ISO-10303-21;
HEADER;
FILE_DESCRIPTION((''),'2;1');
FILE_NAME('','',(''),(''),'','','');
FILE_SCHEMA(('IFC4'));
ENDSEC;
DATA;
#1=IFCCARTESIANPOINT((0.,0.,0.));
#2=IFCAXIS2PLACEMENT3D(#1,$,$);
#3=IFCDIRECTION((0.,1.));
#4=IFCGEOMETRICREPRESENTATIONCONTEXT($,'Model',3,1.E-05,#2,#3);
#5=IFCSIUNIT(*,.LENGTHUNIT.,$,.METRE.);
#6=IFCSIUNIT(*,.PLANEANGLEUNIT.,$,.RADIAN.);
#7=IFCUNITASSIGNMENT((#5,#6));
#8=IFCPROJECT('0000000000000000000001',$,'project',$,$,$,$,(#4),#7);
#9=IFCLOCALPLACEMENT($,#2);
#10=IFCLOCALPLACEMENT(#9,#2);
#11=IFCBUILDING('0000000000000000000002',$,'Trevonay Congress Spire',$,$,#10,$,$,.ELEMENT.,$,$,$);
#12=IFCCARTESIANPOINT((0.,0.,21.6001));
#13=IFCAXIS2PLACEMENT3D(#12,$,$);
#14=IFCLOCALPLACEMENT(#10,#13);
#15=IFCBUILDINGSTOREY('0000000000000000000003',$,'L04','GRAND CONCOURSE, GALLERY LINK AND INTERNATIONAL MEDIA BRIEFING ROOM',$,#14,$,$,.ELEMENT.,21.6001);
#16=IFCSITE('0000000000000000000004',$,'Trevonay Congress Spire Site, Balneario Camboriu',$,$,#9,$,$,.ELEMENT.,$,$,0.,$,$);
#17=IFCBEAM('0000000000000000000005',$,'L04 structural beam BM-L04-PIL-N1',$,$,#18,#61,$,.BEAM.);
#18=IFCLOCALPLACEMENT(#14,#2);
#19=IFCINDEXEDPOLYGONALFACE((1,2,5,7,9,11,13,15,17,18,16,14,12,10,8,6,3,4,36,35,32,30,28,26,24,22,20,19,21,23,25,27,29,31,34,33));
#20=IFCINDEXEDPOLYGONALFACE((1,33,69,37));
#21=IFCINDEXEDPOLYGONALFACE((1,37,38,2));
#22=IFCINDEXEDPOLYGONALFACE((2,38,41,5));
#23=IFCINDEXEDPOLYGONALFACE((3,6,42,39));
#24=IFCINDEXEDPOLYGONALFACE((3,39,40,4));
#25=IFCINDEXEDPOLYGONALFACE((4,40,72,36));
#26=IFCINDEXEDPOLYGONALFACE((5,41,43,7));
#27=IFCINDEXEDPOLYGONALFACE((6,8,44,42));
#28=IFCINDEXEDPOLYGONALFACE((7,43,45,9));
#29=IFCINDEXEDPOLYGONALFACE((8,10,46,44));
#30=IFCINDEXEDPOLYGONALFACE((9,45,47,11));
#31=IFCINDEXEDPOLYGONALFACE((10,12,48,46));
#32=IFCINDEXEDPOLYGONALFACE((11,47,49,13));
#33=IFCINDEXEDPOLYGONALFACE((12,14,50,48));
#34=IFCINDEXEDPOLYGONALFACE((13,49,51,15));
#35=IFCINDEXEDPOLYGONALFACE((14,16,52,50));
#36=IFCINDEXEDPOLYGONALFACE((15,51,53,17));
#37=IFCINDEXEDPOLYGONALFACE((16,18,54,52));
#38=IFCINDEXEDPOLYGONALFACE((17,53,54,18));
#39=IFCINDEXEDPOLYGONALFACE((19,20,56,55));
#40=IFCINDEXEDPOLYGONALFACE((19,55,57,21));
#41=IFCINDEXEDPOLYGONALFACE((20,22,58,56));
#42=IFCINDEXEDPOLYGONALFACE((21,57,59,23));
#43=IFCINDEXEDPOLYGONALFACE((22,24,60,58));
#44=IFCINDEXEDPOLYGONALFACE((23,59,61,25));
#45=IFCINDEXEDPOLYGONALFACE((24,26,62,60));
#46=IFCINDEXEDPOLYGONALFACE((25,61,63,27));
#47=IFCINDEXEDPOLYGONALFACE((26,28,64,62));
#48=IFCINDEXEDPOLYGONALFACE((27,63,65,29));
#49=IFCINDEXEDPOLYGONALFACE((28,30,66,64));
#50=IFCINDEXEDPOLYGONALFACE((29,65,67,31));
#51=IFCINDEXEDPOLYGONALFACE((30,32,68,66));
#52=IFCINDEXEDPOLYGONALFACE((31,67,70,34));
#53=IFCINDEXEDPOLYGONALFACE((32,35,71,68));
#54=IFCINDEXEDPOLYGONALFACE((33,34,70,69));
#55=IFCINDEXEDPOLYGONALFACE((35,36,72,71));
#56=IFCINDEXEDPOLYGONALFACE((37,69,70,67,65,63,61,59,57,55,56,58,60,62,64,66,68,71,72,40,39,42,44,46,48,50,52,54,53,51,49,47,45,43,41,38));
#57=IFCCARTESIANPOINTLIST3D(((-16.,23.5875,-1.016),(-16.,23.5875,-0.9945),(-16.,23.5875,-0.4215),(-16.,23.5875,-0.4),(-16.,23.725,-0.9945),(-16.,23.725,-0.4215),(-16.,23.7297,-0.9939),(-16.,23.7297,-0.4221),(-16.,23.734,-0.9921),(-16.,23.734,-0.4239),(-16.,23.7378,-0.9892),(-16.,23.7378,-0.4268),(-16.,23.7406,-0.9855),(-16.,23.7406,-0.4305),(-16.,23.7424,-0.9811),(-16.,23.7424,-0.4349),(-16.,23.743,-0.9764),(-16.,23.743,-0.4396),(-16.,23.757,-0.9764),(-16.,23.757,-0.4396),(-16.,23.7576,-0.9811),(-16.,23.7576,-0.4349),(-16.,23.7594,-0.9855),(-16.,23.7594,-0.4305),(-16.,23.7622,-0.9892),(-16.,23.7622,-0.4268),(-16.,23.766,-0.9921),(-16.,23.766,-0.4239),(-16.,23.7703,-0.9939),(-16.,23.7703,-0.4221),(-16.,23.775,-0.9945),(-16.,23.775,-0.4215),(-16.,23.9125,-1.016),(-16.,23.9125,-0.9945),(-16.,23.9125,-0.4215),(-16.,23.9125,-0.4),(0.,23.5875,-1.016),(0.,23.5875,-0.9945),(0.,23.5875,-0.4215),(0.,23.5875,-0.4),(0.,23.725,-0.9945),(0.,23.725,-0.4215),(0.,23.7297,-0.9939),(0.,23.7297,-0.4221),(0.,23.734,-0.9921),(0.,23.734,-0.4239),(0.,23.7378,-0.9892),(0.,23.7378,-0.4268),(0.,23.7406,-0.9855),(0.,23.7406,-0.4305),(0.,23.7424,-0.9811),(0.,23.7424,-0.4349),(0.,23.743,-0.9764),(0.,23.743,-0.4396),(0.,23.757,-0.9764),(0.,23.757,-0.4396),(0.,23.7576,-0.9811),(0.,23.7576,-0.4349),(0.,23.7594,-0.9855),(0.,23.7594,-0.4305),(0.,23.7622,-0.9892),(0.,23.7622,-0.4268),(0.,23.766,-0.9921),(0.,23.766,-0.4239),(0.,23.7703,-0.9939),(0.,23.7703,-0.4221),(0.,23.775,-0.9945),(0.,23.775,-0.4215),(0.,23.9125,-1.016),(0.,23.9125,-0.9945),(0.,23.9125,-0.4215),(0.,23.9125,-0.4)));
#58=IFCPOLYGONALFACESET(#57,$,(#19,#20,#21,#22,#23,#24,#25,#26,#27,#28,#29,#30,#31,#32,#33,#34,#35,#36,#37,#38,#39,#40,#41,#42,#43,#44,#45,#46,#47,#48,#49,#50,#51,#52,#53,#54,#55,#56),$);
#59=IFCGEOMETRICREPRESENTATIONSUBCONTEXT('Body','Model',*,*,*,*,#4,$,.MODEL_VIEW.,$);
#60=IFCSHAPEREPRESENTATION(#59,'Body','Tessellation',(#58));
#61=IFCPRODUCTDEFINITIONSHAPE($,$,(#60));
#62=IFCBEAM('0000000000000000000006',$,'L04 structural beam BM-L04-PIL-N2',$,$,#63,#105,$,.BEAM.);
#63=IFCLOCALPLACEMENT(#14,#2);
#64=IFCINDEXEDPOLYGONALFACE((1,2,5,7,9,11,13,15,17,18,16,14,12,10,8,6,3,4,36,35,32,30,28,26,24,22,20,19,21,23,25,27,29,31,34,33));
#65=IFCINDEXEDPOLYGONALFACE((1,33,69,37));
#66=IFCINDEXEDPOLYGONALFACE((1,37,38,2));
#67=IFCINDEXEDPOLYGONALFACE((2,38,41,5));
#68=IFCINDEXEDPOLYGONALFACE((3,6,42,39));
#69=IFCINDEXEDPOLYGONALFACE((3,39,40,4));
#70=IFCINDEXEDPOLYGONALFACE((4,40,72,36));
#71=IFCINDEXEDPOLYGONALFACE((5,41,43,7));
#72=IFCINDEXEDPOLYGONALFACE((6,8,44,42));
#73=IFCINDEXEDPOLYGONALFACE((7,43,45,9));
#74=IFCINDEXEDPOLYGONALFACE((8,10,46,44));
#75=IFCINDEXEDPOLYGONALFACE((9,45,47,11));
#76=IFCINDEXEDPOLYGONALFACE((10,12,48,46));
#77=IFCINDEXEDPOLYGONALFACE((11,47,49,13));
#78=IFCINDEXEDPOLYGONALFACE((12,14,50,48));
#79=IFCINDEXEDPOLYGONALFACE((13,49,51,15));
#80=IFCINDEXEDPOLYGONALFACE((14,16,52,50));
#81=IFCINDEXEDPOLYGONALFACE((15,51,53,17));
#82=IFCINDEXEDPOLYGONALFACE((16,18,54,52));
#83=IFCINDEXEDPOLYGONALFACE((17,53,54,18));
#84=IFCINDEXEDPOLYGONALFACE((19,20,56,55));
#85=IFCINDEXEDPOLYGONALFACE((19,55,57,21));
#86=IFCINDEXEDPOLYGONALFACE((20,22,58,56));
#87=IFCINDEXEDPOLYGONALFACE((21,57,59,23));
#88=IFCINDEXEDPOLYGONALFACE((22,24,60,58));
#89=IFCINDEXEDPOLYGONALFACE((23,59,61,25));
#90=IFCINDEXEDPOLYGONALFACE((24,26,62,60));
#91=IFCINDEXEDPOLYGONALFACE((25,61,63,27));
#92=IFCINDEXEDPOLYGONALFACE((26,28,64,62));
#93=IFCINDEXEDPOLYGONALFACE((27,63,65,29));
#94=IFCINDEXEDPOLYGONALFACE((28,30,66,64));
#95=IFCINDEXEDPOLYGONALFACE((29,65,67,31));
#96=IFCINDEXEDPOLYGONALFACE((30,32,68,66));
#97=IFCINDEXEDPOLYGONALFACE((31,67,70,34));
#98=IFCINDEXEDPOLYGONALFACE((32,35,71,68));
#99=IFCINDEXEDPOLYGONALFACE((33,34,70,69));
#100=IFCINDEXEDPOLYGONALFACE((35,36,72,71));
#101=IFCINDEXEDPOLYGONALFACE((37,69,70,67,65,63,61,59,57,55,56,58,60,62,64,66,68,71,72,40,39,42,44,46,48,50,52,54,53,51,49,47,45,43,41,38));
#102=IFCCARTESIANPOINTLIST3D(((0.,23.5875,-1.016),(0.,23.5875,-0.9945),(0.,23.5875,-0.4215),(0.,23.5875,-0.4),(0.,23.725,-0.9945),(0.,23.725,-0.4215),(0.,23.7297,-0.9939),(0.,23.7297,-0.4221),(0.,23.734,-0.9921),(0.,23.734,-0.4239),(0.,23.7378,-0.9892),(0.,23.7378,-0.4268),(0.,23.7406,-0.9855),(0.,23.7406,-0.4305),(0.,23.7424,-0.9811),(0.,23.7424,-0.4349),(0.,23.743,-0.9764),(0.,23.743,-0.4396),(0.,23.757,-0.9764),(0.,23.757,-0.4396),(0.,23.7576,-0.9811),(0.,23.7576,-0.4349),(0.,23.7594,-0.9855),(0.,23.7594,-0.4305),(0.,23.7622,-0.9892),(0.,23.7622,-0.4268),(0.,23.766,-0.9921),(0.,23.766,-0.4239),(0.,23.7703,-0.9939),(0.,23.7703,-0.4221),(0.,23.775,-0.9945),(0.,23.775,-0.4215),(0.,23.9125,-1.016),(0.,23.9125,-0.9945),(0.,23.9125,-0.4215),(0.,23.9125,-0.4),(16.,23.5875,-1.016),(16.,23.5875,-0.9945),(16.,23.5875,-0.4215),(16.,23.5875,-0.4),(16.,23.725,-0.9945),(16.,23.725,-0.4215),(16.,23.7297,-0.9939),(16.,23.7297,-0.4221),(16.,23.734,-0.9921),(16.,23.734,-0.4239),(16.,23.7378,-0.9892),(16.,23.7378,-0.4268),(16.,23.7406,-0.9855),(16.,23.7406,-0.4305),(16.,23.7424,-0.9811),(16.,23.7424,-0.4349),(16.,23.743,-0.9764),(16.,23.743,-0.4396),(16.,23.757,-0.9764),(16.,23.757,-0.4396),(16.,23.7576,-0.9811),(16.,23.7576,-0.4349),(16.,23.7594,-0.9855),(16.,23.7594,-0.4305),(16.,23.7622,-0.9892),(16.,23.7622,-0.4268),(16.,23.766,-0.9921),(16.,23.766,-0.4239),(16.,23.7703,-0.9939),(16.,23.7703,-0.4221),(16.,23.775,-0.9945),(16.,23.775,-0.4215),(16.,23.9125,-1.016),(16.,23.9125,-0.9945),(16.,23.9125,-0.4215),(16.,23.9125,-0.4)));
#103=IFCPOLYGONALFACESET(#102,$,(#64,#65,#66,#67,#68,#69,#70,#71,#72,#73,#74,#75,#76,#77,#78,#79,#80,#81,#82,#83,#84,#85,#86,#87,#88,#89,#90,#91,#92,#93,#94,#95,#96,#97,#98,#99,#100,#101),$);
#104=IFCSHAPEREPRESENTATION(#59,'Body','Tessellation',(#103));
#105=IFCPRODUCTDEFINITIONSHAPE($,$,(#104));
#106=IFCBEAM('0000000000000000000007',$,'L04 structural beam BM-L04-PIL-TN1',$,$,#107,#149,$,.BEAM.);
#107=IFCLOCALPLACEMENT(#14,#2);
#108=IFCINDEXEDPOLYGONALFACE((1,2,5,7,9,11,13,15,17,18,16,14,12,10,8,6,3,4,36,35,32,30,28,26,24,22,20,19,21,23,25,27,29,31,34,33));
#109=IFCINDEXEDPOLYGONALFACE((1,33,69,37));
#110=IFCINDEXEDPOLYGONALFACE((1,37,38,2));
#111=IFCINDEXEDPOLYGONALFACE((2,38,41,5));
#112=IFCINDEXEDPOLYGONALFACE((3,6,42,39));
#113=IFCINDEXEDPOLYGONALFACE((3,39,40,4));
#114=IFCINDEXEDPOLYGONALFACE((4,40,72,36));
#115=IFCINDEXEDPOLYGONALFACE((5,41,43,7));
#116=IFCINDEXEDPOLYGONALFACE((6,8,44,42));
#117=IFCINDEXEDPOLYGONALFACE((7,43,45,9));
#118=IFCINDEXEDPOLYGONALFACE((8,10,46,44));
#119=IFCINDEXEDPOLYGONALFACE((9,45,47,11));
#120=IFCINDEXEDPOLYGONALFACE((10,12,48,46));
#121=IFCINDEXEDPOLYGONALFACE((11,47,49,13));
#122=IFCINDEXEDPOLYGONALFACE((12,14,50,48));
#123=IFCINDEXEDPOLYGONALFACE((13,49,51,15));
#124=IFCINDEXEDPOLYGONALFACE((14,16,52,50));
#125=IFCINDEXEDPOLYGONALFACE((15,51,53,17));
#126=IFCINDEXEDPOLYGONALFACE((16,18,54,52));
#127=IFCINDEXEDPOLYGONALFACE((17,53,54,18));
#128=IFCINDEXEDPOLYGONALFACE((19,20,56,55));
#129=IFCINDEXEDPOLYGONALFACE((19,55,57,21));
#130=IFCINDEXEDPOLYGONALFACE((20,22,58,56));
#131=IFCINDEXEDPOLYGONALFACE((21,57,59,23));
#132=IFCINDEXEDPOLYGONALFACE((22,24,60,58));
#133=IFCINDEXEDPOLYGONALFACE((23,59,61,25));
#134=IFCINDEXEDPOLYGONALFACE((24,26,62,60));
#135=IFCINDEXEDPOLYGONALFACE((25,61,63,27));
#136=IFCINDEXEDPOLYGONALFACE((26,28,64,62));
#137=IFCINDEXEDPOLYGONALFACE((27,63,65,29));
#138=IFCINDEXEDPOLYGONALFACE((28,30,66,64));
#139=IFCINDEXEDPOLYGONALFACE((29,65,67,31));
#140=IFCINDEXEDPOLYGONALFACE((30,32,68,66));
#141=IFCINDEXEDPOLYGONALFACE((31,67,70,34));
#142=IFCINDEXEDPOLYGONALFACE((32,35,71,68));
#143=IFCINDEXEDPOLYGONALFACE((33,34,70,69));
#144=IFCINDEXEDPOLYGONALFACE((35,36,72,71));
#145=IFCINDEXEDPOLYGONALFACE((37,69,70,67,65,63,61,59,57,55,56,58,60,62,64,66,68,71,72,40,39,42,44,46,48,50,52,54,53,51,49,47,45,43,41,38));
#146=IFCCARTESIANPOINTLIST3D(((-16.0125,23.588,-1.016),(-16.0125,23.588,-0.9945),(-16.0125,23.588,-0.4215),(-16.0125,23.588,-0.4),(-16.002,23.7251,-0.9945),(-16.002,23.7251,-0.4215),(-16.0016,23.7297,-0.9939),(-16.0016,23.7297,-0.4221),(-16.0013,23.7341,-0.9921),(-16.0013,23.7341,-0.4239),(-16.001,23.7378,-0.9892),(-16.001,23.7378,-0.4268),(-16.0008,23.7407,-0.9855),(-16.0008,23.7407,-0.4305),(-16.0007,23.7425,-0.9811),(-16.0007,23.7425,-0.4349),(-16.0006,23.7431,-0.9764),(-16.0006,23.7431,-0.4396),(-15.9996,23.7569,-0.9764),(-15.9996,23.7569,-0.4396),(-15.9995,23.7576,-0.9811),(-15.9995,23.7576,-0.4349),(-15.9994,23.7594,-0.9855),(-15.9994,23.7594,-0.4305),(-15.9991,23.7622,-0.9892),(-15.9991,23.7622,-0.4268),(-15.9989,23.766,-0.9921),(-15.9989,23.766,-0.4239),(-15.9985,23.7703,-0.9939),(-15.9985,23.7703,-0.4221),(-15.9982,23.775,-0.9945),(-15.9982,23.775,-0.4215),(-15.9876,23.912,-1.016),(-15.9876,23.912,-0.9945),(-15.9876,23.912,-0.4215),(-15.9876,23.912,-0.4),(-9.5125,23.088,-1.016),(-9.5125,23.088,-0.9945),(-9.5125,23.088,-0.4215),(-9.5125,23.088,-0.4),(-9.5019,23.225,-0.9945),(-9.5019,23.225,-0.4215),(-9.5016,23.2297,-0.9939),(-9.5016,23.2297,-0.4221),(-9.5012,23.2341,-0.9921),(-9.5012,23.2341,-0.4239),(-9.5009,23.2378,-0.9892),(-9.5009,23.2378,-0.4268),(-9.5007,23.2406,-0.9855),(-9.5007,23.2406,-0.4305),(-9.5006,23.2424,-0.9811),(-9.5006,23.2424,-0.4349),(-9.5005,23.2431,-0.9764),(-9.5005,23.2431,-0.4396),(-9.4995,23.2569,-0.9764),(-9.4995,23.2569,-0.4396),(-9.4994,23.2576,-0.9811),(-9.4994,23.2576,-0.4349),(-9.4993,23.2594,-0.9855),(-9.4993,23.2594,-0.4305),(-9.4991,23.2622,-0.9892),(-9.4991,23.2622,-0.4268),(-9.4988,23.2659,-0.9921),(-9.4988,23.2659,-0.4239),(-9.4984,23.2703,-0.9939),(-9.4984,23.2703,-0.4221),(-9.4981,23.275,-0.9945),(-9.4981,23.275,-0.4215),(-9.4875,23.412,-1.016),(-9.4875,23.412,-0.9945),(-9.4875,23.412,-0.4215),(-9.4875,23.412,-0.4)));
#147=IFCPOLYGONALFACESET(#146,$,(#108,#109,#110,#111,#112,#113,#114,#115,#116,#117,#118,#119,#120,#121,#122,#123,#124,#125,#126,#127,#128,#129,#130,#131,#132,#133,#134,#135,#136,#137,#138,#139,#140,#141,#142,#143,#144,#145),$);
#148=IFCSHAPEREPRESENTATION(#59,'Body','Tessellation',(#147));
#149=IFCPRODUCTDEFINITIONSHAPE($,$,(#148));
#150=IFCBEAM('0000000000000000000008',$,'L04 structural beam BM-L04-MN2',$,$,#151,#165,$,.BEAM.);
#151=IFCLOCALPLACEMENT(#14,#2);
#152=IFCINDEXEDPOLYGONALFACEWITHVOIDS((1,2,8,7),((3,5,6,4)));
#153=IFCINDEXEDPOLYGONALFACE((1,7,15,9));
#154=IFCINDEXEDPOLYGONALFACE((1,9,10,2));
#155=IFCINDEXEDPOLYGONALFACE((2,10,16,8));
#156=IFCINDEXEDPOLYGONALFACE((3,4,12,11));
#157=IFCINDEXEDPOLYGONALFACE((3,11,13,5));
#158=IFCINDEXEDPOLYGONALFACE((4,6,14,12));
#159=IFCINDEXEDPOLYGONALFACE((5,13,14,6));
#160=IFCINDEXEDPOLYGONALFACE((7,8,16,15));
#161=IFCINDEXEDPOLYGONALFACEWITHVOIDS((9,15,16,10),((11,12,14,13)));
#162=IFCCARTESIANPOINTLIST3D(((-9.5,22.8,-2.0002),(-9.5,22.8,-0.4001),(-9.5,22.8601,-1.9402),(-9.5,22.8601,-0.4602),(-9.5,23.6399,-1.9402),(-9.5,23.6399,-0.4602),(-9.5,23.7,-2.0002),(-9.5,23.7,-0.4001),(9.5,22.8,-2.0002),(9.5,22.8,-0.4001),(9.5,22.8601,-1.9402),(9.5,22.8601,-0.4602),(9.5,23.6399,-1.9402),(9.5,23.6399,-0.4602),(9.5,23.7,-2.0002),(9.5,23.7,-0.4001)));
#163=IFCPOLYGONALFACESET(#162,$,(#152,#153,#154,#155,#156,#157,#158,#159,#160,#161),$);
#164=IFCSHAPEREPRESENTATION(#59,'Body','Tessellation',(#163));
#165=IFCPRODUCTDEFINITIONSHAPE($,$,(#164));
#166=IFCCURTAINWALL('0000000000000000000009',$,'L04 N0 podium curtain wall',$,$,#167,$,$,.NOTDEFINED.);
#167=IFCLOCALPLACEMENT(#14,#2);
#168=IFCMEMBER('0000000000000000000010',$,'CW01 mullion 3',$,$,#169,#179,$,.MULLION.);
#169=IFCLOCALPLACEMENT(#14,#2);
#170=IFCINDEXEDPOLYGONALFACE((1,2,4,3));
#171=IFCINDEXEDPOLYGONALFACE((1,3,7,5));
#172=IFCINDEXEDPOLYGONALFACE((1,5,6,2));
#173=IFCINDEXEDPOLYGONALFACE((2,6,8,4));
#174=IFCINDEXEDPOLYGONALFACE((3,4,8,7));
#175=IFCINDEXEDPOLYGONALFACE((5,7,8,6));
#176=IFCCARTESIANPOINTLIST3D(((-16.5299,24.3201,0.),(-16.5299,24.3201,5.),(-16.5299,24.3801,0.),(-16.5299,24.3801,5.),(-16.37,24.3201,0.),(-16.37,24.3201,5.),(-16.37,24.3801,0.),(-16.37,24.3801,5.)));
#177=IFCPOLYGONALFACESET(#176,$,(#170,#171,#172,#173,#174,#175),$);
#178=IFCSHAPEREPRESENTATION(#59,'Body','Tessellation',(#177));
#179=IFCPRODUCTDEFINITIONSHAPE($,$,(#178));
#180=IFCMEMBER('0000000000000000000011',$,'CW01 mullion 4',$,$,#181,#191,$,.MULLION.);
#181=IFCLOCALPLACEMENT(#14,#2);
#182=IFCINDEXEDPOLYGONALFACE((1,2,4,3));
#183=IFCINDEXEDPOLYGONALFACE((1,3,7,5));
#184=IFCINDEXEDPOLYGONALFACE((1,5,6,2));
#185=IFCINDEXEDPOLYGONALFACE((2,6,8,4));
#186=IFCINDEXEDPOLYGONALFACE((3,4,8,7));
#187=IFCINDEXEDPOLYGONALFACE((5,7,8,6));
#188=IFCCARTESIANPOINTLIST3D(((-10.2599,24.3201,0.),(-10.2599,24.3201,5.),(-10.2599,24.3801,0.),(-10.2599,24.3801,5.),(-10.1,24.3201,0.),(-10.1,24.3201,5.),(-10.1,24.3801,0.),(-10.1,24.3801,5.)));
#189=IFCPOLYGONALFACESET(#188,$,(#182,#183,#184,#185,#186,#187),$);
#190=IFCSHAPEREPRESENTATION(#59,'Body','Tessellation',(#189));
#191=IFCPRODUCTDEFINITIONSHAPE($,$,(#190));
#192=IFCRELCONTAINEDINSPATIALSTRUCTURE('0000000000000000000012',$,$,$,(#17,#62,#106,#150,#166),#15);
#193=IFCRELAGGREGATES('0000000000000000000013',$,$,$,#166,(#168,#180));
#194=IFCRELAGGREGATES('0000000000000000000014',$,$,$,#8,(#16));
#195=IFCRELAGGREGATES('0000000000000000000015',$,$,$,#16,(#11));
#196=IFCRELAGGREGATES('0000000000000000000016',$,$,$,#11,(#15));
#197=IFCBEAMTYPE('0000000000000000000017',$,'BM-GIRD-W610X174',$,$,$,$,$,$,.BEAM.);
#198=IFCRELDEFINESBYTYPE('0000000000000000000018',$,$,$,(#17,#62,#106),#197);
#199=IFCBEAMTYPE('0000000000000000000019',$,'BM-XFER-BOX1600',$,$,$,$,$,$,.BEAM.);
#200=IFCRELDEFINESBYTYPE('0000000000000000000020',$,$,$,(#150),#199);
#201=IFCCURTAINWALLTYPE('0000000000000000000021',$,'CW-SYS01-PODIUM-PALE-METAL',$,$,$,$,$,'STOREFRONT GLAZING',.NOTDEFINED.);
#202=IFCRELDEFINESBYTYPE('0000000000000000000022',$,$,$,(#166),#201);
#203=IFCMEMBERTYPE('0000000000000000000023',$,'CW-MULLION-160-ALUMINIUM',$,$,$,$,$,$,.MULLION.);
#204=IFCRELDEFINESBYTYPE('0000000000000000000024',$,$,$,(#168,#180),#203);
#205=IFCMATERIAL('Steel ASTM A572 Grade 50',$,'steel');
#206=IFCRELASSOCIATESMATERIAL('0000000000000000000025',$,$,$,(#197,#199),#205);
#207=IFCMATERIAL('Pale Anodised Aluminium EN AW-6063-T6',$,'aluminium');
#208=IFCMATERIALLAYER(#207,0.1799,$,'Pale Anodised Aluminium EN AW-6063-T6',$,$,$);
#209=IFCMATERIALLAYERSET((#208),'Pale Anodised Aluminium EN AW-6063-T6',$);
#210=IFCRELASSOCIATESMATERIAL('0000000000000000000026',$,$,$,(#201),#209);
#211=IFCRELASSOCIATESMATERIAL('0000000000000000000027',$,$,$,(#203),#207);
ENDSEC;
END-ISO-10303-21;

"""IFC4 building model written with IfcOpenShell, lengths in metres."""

from ifc_helpers import new_model, si_unit, direction, frame, origin, origin_2d, place, context, subcontext, project, spatial, rectangle, hollow_rectangle, i_section, extrude, material, layer, layer_set, material_profile, profile_set, type_object, element, aggregate, save


model = new_model("IFC4")

# Units and contexts
model_context = context("Model", 3, precision=1e-05, world=origin(), true_north=direction((0.0, 1.0)))
body_context = subcontext(model_context, "Body", "Model", "MODEL_VIEW")
ifc_project = project(units=[si_unit("LENGTHUNIT", "METRE"), si_unit("PLANEANGLEUNIT", "RADIAN")], contexts=[model_context])

# Site, building, storey
site_placement = place(None, origin())
site = spatial("IfcSite", under=ifc_project, at=site_placement, Name="Trevonay Congress Spire Site, Balneario Camboriu", CompositionType="ELEMENT", RefElevation=0.0)
building_placement = place(site_placement, origin())
building = spatial("IfcBuilding", under=site, at=building_placement, Name="Trevonay Congress Spire", CompositionType="ELEMENT")
storey_placement = place(building_placement, frame((0.0, 0.0, 21.6001)))
storey = spatial("IfcBuildingStorey", under=building, at=storey_placement, Name="L04", Description="GRAND CONCOURSE, GALLERY LINK AND INTERNATIONAL MEDIA BRIEFING ROOM", CompositionType="ELEMENT", Elevation=21.6001)

# Shared definitions
ifc_material_1 = material(Name="Steel ASTM A572 Grade 50", Category="steel")

# Beams
ifc_material_profile_1 = material_profile(ifc_material_1, i_section(OverallWidth=0.325, OverallDepth=0.616, WebThickness=0.0139, FlangeThickness=0.0215, FilletRadius=0.0181, at=origin_2d()), Name="W610x174")
ifc_profile_set_1 = profile_set([ifc_material_profile_1], Name="Steel ASTM A572 Grade 50")
beam_type_1 = type_object("IfcBeamType", Name="BM-GIRD-W610X174", PredefinedType="BEAM", material=ifc_profile_set_1)
for number, where, z_axis, x_axis, name in (
    (1, (-16.0, 23.75, -0.708), (1.0, 0.0, 0.0), (0.0, 1.0, 0.0), "L04 structural beam BM-L04-PIL-N1"),
    (2, (0.0, 23.75, -0.708), (1.0, 0.0, 0.0), (0.0, 1.0, 0.0), "L04 structural beam BM-L04-PIL-N2"),
):
    element("IfcBeam", number, at=place(storey_placement, frame(where, z_axis=z_axis, x_axis=x_axis)), inside=storey, type_object=beam_type_1, Name=name, PredefinedType="BEAM", context=body_context, shape_type="SweptSolid", body=[
        extrude(i_section(OverallWidth=0.325, OverallDepth=0.616, WebThickness=0.0139, FlangeThickness=0.0215, FilletRadius=0.0181, at=origin_2d()), origin(), (0.0, 0.0, 1.0), 16.0),
    ])
beam_1_placement = place(storey_placement, frame((-9.5, 23.25, -0.708), z_axis=(-0.997054, 0.076696, 0.0), x_axis=(-0.076696, -0.997054, 0.0)))
element("IfcBeam", 3, at=beam_1_placement, inside=storey, type_object=beam_type_1, Name="L04 structural beam BM-L04-PIL-TN1", PredefinedType="BEAM", context=body_context, shape_type="SweptSolid", body=[
    extrude(i_section(OverallWidth=0.325, OverallDepth=0.616, WebThickness=0.0139, FlangeThickness=0.0215, FilletRadius=0.0181, at=origin_2d()), origin(), (0.0, 0.0, 1.0), 6.5193),
])
ifc_material_profile_2 = material_profile(ifc_material_1, hollow_rectangle(XDim=0.8999, YDim=1.6001, WallThickness=0.0601, at=origin_2d()), Name="BOX 1600x900x60")
ifc_profile_set_2 = profile_set([ifc_material_profile_2], Name="Steel ASTM A572 Grade 50")
beam_type_2 = type_object("IfcBeamType", Name="BM-XFER-BOX1600", PredefinedType="BEAM", material=ifc_profile_set_2)
beam_2_placement = place(storey_placement, frame((-9.5, 23.25, -1.2002), z_axis=(1.0, 0.0, 0.0), x_axis=(0.0, 1.0, 0.0)))
element("IfcBeam", 4, at=beam_2_placement, inside=storey, type_object=beam_type_2, Name="L04 structural beam BM-L04-MN2", PredefinedType="BEAM", context=body_context, shape_type="SweptSolid", body=[
    extrude(hollow_rectangle(XDim=0.8999, YDim=1.6001, WallThickness=0.0601, at=origin_2d()), origin(), (0.0, 0.0, 1.0), 19.0),
])

# Curtain wall, members
ifc_material_2 = material(Name="Pale Anodised Aluminium EN AW-6063-T6", Category="aluminium")
ifc_layer_1 = layer(ifc_material_2, 0.1799, Name="Pale Anodised Aluminium EN AW-6063-T6")
ifc_layer_set_1 = layer_set([ifc_layer_1], Name="Pale Anodised Aluminium EN AW-6063-T6")
curtain_wall_type = type_object("IfcCurtainWallType", Name="CW-SYS01-PODIUM-PALE-METAL", ElementType="STOREFRONT GLAZING", PredefinedType="NOTDEFINED", material=ifc_layer_set_1)
curtain_wall_placement = place(storey_placement, origin())
curtain_wall = element("IfcCurtainWall", 5, at=curtain_wall_placement, inside=storey, type_object=curtain_wall_type, Name="L04 N0 podium curtain wall", PredefinedType="NOTDEFINED")
ifc_material_profile_3 = material_profile(ifc_material_2, rectangle(XDim=0.0601, YDim=0.1599, at=origin_2d()), Name="CW-MULLION-160-ALUMINIUM")
ifc_profile_set_3 = profile_set([ifc_material_profile_3], Name="Pale Anodised Aluminium EN AW-6063-T6")
member_type_1 = type_object("IfcMemberType", Name="CW-MULLION-160-ALUMINIUM", PredefinedType="MULLION", material=ifc_profile_set_3)
member_1_placement = place(storey_placement, frame((-16.45, 24.3501, 0.0), z_axis=(0.0, 0.0, 1.0), x_axis=(0.0, 1.0, 0.0)))
member_1 = element("IfcMember", 6, at=member_1_placement, type_object=member_type_1, Name="CW01 mullion 3", PredefinedType="MULLION", context=body_context, shape_type="SweptSolid", body=[
    extrude(rectangle(XDim=0.0601, YDim=0.1599, at=origin_2d()), origin(), (0.0, 0.0, 1.0), 5.0),
])
member_2_placement = place(storey_placement, frame((-10.1799, 24.3501, 0.0), z_axis=(0.0, 0.0, 1.0), x_axis=(0.0, 1.0, 0.0)))
member_2 = element("IfcMember", 7, at=member_2_placement, type_object=member_type_1, Name="CW01 mullion 4", PredefinedType="MULLION", context=body_context, shape_type="SweptSolid", body=[
    extrude(rectangle(XDim=0.0601, YDim=0.1599, at=origin_2d()), origin(), (0.0, 0.0, 1.0), 5.0),
])

aggregate(curtain_wall, [member_1, member_2])

save(model, "model.ifc")
